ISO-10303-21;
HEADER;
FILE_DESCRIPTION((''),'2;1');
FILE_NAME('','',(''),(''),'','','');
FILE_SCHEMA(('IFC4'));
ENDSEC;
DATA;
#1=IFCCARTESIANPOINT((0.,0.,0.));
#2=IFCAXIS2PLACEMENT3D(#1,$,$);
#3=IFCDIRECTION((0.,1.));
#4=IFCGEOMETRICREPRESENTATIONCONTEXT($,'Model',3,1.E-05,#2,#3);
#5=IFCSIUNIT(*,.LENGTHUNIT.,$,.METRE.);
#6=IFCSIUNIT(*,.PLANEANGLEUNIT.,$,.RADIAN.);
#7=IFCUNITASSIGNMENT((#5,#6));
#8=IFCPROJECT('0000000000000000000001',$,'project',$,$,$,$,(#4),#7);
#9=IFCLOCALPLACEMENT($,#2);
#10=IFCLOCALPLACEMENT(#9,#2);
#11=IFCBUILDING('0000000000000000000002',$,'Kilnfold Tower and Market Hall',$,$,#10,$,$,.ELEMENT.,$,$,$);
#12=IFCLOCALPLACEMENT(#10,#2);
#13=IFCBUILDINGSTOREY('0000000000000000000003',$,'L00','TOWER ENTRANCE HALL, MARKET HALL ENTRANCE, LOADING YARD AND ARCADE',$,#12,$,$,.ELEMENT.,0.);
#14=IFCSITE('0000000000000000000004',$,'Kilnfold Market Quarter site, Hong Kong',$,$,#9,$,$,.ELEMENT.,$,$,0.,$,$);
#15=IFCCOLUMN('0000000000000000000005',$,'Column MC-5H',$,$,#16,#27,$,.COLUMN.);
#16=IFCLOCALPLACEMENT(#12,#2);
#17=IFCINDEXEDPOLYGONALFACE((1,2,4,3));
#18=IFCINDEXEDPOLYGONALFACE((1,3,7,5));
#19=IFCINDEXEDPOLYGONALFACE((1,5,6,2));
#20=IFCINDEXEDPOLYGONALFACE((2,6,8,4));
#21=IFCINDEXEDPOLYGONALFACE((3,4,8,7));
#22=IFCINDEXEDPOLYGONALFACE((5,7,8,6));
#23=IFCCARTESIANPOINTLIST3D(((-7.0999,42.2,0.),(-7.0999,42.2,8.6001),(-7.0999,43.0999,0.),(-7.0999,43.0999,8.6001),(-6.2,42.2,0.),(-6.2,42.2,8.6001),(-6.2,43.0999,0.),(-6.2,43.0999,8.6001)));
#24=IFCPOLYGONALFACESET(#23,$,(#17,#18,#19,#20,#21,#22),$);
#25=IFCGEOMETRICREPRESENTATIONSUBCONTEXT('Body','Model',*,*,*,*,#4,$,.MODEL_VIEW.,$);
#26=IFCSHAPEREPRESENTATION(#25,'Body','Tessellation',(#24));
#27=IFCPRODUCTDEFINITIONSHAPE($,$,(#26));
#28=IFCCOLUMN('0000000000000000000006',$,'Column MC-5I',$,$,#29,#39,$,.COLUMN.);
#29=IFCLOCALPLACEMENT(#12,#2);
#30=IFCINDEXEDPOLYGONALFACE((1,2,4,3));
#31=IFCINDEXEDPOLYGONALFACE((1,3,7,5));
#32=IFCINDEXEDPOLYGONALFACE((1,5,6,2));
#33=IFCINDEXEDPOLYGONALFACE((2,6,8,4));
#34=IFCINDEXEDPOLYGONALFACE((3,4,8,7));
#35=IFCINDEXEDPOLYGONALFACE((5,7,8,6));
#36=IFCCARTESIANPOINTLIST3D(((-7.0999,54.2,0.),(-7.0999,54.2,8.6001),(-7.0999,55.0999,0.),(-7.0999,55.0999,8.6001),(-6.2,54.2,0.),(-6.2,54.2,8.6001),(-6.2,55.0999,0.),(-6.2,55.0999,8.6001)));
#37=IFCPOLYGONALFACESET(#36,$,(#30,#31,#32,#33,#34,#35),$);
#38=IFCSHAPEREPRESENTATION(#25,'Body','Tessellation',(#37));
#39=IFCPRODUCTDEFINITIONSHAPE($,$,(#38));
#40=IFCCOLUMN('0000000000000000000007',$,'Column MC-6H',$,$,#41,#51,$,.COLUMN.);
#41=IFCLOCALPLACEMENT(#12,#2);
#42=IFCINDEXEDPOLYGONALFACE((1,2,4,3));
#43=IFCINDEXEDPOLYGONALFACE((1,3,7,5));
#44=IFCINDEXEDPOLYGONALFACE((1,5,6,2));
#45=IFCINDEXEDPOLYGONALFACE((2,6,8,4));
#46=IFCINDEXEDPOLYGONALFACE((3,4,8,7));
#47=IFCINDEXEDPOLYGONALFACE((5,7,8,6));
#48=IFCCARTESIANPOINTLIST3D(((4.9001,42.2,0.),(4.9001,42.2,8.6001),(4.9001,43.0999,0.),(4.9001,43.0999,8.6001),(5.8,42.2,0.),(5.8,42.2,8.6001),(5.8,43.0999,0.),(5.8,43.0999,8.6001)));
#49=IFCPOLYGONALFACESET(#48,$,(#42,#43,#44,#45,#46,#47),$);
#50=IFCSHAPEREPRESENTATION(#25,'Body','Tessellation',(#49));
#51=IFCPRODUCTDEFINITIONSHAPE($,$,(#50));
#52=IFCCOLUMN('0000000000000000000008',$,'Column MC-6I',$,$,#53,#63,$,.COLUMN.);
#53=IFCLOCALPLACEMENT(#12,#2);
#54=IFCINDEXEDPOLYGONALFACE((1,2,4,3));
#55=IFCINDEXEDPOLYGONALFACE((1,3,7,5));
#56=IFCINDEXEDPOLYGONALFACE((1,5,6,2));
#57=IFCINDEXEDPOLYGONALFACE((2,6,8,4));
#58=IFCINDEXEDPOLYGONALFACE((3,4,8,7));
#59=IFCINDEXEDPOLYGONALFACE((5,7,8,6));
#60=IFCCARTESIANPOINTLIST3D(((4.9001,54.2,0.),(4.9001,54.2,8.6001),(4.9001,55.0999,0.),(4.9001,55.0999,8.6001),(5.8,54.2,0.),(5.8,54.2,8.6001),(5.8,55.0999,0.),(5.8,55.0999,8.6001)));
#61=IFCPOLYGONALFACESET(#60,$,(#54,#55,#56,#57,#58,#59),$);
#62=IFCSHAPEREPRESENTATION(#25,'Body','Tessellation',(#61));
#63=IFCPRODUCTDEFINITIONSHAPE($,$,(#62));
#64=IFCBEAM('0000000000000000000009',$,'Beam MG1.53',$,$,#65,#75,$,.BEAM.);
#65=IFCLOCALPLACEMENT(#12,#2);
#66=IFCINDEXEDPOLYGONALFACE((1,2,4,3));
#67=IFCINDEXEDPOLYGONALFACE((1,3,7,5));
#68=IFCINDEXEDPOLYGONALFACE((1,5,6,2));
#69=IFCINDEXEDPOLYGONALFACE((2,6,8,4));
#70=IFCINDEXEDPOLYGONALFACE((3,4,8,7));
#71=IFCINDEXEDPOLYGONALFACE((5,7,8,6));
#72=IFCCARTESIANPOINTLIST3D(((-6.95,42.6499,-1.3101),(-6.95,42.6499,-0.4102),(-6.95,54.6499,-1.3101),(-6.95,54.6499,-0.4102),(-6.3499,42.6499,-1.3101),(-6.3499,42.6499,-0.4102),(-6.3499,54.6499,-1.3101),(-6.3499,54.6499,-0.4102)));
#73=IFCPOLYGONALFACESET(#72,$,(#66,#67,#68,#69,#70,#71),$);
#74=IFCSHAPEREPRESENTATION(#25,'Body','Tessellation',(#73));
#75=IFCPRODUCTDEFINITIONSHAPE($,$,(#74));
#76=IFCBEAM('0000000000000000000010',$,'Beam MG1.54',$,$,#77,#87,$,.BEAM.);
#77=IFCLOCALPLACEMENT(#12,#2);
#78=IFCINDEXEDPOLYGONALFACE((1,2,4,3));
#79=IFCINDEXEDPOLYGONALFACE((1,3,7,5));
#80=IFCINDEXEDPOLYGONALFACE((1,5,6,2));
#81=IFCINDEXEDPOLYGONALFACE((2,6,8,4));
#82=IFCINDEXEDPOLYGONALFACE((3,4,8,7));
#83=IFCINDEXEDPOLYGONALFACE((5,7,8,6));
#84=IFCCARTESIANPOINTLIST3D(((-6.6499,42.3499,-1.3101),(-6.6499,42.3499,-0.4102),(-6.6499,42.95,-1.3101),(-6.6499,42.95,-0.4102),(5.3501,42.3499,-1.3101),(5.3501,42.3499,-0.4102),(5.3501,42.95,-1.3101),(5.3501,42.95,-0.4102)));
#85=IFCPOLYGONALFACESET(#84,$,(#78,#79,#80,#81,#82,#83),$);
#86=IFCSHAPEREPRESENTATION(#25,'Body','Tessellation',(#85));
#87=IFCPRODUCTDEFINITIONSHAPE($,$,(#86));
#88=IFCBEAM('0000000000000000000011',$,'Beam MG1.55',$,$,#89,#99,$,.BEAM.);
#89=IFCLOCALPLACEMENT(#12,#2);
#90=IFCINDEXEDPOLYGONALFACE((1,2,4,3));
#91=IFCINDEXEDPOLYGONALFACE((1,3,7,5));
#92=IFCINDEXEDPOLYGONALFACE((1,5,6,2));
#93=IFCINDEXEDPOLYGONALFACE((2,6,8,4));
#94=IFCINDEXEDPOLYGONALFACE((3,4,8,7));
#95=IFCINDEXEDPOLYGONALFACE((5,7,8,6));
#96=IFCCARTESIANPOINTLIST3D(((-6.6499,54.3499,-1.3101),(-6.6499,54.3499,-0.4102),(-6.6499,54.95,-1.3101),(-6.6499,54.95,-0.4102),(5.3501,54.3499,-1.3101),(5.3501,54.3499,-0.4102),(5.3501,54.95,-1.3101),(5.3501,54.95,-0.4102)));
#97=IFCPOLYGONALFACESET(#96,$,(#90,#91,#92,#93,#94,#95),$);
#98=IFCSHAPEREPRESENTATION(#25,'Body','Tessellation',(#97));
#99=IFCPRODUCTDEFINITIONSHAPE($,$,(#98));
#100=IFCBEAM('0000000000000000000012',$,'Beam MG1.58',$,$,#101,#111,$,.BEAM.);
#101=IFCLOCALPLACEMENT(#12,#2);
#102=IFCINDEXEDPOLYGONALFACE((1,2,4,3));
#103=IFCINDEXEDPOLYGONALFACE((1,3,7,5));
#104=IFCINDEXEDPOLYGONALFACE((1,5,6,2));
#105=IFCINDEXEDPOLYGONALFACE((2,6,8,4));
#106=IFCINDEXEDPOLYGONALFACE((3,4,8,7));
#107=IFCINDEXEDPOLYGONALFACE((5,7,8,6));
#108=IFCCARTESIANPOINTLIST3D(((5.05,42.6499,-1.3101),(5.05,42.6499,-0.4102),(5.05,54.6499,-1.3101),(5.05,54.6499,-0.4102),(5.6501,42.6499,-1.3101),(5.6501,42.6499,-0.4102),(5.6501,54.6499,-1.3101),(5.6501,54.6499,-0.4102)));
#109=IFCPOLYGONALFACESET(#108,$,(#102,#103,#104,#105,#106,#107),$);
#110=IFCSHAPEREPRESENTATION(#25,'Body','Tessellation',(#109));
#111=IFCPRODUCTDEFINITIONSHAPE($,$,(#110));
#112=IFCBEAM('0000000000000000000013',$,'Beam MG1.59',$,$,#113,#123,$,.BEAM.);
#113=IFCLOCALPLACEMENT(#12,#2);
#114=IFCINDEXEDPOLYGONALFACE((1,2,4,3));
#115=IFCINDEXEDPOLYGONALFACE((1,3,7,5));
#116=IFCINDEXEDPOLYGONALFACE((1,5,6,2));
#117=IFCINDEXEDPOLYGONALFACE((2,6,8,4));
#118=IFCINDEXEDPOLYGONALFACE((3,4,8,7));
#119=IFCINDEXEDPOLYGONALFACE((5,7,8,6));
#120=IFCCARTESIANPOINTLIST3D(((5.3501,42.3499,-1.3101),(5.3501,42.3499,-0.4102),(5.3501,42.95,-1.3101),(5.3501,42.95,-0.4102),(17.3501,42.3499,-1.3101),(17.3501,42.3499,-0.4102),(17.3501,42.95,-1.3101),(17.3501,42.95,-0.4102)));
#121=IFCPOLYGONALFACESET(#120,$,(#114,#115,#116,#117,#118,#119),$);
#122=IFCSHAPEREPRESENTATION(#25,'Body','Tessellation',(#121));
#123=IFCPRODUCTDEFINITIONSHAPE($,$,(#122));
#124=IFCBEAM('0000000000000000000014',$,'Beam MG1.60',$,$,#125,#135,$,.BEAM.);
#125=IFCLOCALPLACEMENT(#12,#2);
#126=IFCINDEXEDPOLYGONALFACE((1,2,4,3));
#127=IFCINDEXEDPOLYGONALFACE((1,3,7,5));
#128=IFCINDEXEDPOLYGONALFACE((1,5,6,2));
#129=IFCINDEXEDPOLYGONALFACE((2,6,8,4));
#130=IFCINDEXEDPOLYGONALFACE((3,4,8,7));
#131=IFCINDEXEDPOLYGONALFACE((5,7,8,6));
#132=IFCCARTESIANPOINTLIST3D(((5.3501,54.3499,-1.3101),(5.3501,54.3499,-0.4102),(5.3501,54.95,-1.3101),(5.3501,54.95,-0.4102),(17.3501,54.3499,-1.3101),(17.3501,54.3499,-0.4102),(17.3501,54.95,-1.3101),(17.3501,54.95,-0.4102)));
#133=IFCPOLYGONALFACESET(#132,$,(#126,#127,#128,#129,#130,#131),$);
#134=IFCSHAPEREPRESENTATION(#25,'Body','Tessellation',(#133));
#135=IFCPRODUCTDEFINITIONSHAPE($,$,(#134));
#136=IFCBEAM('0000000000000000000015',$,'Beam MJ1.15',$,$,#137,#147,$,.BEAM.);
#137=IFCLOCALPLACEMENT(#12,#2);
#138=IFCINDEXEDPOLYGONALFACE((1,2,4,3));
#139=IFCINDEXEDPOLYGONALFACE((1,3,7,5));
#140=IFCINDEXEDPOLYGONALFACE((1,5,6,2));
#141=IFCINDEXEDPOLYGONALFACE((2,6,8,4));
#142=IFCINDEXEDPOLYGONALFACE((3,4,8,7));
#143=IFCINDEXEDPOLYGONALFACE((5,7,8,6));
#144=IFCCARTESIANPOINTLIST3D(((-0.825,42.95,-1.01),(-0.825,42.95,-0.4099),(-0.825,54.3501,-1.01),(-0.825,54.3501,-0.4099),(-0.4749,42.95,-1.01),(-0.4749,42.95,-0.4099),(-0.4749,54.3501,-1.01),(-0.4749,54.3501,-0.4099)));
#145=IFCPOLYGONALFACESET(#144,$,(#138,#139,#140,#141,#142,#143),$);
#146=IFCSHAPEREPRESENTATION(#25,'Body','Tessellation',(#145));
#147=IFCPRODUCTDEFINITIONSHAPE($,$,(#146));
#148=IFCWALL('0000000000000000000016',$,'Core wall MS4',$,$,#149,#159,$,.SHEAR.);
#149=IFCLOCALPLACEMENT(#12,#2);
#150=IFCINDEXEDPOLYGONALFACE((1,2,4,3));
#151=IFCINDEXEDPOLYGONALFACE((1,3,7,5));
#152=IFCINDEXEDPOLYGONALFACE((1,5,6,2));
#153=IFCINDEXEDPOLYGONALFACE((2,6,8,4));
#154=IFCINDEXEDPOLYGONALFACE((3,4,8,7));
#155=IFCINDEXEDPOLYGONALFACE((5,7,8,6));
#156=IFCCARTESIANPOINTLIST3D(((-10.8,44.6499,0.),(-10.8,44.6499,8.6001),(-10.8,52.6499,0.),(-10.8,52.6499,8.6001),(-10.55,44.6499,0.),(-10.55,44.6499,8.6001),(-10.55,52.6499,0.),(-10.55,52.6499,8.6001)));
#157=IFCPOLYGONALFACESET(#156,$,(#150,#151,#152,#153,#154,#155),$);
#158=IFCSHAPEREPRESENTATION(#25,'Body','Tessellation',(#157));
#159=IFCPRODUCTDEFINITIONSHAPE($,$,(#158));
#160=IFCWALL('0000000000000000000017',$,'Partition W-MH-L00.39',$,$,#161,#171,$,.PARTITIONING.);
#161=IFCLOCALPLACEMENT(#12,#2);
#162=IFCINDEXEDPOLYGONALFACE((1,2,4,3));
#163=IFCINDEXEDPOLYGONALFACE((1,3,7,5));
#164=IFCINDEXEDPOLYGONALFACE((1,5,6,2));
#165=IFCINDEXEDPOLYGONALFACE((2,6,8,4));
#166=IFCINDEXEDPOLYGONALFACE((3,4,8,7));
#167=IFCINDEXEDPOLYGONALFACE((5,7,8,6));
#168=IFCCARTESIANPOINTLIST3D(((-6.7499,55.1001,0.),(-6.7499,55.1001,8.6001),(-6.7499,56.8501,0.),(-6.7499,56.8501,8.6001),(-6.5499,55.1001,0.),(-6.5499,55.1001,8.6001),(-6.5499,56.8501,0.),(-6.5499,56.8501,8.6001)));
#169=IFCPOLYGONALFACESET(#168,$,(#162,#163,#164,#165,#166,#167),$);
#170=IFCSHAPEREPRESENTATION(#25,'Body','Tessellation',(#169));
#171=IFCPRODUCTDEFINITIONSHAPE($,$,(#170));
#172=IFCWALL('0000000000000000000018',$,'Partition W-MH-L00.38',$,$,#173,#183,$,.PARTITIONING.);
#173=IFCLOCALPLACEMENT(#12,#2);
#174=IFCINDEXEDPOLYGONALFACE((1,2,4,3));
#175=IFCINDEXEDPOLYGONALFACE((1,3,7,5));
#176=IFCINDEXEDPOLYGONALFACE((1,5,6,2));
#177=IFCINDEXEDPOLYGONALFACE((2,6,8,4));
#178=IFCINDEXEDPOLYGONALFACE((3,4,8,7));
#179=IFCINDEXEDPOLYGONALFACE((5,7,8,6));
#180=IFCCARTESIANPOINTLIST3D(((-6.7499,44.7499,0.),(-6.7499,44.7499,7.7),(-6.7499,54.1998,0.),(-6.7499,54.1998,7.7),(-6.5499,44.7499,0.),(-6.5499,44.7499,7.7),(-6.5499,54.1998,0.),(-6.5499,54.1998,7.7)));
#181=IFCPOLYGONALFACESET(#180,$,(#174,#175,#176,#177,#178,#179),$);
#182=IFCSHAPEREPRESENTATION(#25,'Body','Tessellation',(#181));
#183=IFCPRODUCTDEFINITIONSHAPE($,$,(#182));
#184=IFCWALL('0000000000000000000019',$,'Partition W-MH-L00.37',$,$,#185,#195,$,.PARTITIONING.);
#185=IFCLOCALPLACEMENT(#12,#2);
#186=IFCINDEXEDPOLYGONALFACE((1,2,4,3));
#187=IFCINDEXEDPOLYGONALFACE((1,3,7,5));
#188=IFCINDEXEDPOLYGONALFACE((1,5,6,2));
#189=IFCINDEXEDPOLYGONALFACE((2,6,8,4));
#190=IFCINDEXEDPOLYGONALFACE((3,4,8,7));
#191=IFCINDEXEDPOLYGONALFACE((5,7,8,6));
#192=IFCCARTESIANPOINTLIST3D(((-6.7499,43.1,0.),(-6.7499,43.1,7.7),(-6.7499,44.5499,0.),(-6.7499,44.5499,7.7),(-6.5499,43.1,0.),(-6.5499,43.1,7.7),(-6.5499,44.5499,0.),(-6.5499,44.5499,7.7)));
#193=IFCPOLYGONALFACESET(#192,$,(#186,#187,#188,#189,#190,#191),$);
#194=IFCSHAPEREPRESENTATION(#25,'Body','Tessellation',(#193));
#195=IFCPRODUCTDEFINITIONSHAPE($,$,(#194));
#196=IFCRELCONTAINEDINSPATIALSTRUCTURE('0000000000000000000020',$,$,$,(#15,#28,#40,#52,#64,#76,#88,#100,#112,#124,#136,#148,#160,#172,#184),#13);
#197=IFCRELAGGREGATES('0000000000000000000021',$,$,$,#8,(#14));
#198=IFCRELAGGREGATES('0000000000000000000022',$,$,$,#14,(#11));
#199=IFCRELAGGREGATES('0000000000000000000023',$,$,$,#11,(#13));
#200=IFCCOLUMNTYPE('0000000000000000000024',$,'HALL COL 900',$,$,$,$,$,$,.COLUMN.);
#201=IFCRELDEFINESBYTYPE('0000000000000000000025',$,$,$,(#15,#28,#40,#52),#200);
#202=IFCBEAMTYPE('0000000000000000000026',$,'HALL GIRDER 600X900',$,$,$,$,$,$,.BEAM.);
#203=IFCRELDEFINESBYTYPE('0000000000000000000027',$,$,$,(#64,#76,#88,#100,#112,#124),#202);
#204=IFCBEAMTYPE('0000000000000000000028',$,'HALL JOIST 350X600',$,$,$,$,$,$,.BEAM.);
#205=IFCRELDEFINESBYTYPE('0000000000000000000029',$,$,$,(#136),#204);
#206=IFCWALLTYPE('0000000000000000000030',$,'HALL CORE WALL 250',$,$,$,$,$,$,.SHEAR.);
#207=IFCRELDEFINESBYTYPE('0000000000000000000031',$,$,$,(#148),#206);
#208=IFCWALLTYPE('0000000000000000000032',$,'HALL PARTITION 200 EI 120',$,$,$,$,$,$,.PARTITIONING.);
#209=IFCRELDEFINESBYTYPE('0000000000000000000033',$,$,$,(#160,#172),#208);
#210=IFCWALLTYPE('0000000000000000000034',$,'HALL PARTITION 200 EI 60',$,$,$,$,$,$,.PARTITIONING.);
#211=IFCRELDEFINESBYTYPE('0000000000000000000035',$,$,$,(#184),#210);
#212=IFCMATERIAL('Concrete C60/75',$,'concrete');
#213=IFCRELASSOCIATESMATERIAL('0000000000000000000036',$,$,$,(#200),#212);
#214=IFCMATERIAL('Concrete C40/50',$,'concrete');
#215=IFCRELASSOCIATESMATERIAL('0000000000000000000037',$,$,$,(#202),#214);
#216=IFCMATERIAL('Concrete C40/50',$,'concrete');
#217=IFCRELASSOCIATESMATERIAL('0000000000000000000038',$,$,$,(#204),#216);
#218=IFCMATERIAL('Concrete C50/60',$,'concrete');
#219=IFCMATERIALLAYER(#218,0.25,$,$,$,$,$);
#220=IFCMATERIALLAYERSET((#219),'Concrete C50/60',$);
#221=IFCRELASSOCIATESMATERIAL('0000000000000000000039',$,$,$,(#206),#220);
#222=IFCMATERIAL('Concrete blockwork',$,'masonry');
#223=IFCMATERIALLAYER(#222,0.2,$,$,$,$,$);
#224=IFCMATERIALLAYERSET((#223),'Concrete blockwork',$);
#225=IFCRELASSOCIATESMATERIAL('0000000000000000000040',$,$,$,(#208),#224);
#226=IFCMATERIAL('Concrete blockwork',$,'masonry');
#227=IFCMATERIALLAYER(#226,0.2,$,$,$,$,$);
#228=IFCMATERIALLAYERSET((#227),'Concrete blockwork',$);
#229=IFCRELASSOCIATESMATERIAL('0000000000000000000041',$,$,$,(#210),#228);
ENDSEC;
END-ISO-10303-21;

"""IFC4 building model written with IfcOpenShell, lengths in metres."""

from ifc_helpers import new_model, si_unit, direction, frame, frame_2d, origin, origin_2d, place, context, subcontext, project, spatial, rectangle, extrude, source, transform, mapped, material, layer, layer_set, material_profile, profile_set, type_object, element, save


model = new_model("IFC4")

# Units and contexts
model_context = context("Model", 3, precision=1e-05, world=origin(), true_north=direction((0.0, 1.0)))
body_context = subcontext(model_context, "Body", "Model", "MODEL_VIEW")
ifc_project = project(units=[si_unit("LENGTHUNIT", "METRE"), si_unit("PLANEANGLEUNIT", "RADIAN")], contexts=[model_context])

# Site, building, storey
site_placement = place(None, origin())
site = spatial("IfcSite", under=ifc_project, at=site_placement, Name="Kilnfold Market Quarter site, Hong Kong", CompositionType="ELEMENT", RefElevation=0.0)
building_placement = place(site_placement, origin())
building = spatial("IfcBuilding", under=site, at=building_placement, Name="Kilnfold Tower and Market Hall", CompositionType="ELEMENT")
storey_placement = place(building_placement, origin())
storey = spatial("IfcBuildingStorey", under=building, at=storey_placement, Name="L00", Description="TOWER ENTRANCE HALL, MARKET HALL ENTRANCE, LOADING YARD AND ARCADE", CompositionType="ELEMENT", Elevation=0.0)

# Columns
ifc_material_1 = material(Name="Concrete C60/75", Category="concrete")
ifc_material_profile_1 = material_profile(ifc_material_1, rectangle(XDim=0.8999, YDim=0.8999, at=origin_2d()), Name="RC 900x900")
ifc_profile_set_1 = profile_set([ifc_material_profile_1], Name="Concrete C60/75")
column_type = type_object("IfcColumnType", Name="HALL COL 900", PredefinedType="COLUMN", material=ifc_profile_set_1)
shared_shape_1 = source(origin(), body_context, "Body", "SweptSolid", [
    extrude(rectangle(XDim=0.8999, YDim=0.8999, at=origin_2d()), origin(), (0.0, 0.0, 1.0), 8.6001),
])
for number, where, z_axis, x_axis, name in (
    (1, (-6.6499, 42.6499, 0.0), (0.0, 0.0, 1.0), (1.0, 0.0, 0.0), "Column MC-5H"),
    (2, (-6.6499, 54.6499, 0.0), (0.0, 0.0, 1.0), (1.0, 0.0, 0.0), "Column MC-5I"),
    (3, (5.3501, 42.6499, 0.0), (0.0, 0.0, 1.0), (1.0, 0.0, 0.0), "Column MC-6H"),
    (4, (5.3501, 54.6499, 0.0), (0.0, 0.0, 1.0), (1.0, 0.0, 0.0), "Column MC-6I"),
):
    element("IfcColumn", number, at=place(storey_placement, frame(where, z_axis=z_axis, x_axis=x_axis)), inside=storey, type_object=column_type, Name=name, PredefinedType="COLUMN", context=body_context, shape_type="MappedRepresentation", body=[
        mapped(shared_shape_1, transform((0.0, 0.0, 0.0))),
    ])

# Beams
ifc_material_2 = material(Name="Concrete C40/50", Category="concrete")
ifc_material_profile_2 = material_profile(ifc_material_2, rectangle(XDim=0.6001, YDim=0.8999, at=origin_2d()), Name="RC 600x900")
ifc_profile_set_2 = profile_set([ifc_material_profile_2], Name="Concrete C40/50")
beam_type_1 = type_object("IfcBeamType", Name="HALL GIRDER 600X900", PredefinedType="BEAM", material=ifc_profile_set_2)
for number, where, z_axis, x_axis, name in (
    (5, (-6.6499, 42.6499, -0.8601), (0.0, 1.0, 0.0), (-1.0, 0.0, 0.0), "Beam MG1.53"),
    (6, (-6.6499, 42.6499, -0.8601), (1.0, 0.0, 0.0), (0.0, 1.0, 0.0), "Beam MG1.54"),
    (7, (-6.6499, 54.6499, -0.8601), (1.0, 0.0, 0.0), (0.0, 1.0, 0.0), "Beam MG1.55"),
    (8, (5.3501, 42.6499, -0.8601), (0.0, 1.0, 0.0), (-1.0, 0.0, 0.0), "Beam MG1.58"),
    (9, (5.3501, 42.6499, -0.8601), (1.0, 0.0, 0.0), (0.0, 1.0, 0.0), "Beam MG1.59"),
    (10, (5.3501, 54.6499, -0.8601), (1.0, 0.0, 0.0), (0.0, 1.0, 0.0), "Beam MG1.60"),
):
    element("IfcBeam", number, at=place(storey_placement, frame(where, z_axis=z_axis, x_axis=x_axis)), inside=storey, type_object=beam_type_1, Name=name, PredefinedType="BEAM", context=body_context, shape_type="SweptSolid", body=[
        extrude(rectangle(XDim=0.6001, YDim=0.8999, at=origin_2d()), origin(), (0.0, 0.0, 1.0), 12.0),
    ])
ifc_material_3 = material(Name="Concrete C40/50", Category="concrete")
ifc_material_profile_3 = material_profile(ifc_material_3, rectangle(XDim=0.3501, YDim=0.6001, at=origin_2d()), Name="RC 350x600")
ifc_profile_set_3 = profile_set([ifc_material_profile_3], Name="Concrete C40/50")
beam_type_2 = type_object("IfcBeamType", Name="HALL JOIST 350X600", PredefinedType="BEAM", material=ifc_profile_set_3)
beam_placement = place(storey_placement, frame((-0.6499, 42.95, -0.71), z_axis=(0.0, 1.0, 0.0), x_axis=(-1.0, 0.0, 0.0)))
element("IfcBeam", 11, at=beam_placement, inside=storey, type_object=beam_type_2, Name="Beam MJ1.15", PredefinedType="BEAM", context=body_context, shape_type="SweptSolid", body=[
    extrude(rectangle(XDim=0.3501, YDim=0.6001, at=origin_2d()), origin(), (0.0, 0.0, 1.0), 11.4001),
])

# Walls
ifc_material_4 = material(Name="Concrete C50/60", Category="concrete")
ifc_layer_1 = layer(ifc_material_4, 0.25)
ifc_layer_set_1 = layer_set([ifc_layer_1], Name="Concrete C50/60")
wall_type_1 = type_object("IfcWallType", Name="HALL CORE WALL 250", PredefinedType="SHEAR", material=ifc_layer_set_1)
shared_shape_2 = source(origin(), body_context, "Body", "SweptSolid", [
    extrude(rectangle(XDim=8.0, YDim=0.25, at=frame_2d((4.0, 0.0))), origin(), (0.0, 0.0, 1.0), 8.6001),
])
wall_1_placement = place(storey_placement, frame((-10.675, 44.6499, 0.0), z_axis=(0.0, 0.0, 1.0), x_axis=(0.0, 1.0, 0.0)))
element("IfcWall", 12, at=wall_1_placement, inside=storey, type_object=wall_type_1, Name="Core wall MS4", PredefinedType="SHEAR", context=body_context, shape_type="MappedRepresentation", body=[
    mapped(shared_shape_2, transform((0.0, 0.0, 0.0))),
])
ifc_material_5 = material(Name="Concrete blockwork", Category="masonry")
ifc_layer_2 = layer(ifc_material_5, 0.2)
ifc_layer_set_2 = layer_set([ifc_layer_2], Name="Concrete blockwork")
wall_type_2 = type_object("IfcWallType", Name="HALL PARTITION 200 EI 120", PredefinedType="PARTITIONING", material=ifc_layer_set_2)
shared_shape_3 = source(origin(), body_context, "Body", "SweptSolid", [
    extrude(rectangle(XDim=1.75, YDim=0.2, at=frame_2d((0.875, 0.0))), origin(), (0.0, 0.0, 1.0), 8.6001),
])
wall_2_placement = place(storey_placement, frame((-6.6499, 56.8501, 0.0), z_axis=(0.0, 0.0, 1.0), x_axis=(0.0, -1.0, 0.0)))
element("IfcWall", 13, at=wall_2_placement, inside=storey, type_object=wall_type_2, Name="Partition W-MH-L00.39", PredefinedType="PARTITIONING", context=body_context, shape_type="MappedRepresentation", body=[
    mapped(shared_shape_3, transform((0.0, 0.0, 0.0))),
])
shared_shape_4 = source(origin(), body_context, "Body", "SweptSolid", [
    extrude(rectangle(XDim=9.45, YDim=0.2, at=frame_2d((4.7251, 0.0))), origin(), (0.0, 0.0, 1.0), 7.7),
])
wall_3_placement = place(storey_placement, frame((-6.6499, 54.2, 0.0), z_axis=(0.0, 0.0, 1.0), x_axis=(0.0, -1.0, 0.0)))
element("IfcWall", 14, at=wall_3_placement, inside=storey, type_object=wall_type_2, Name="Partition W-MH-L00.38", PredefinedType="PARTITIONING", context=body_context, shape_type="MappedRepresentation", body=[
    mapped(shared_shape_4, transform((0.0, 0.0, 0.0))),
])
ifc_material_6 = material(Name="Concrete blockwork", Category="masonry")
ifc_layer_3 = layer(ifc_material_6, 0.2)
ifc_layer_set_3 = layer_set([ifc_layer_3], Name="Concrete blockwork")
wall_type_3 = type_object("IfcWallType", Name="HALL PARTITION 200 EI 60", PredefinedType="PARTITIONING", material=ifc_layer_set_3)
shared_shape_5 = source(origin(), body_context, "Body", "SweptSolid", [
    extrude(rectangle(XDim=1.45, YDim=0.2, at=frame_2d((0.7251, 0.0))), origin(), (0.0, 0.0, 1.0), 7.7),
])
wall_4_placement = place(storey_placement, frame((-6.6499, 44.55, 0.0), z_axis=(0.0, 0.0, 1.0), x_axis=(0.0, -1.0, 0.0)))
element("IfcWall", 15, at=wall_4_placement, inside=storey, type_object=wall_type_3, Name="Partition W-MH-L00.37", PredefinedType="PARTITIONING", context=body_context, shape_type="MappedRepresentation", body=[
    mapped(shared_shape_5, transform((0.0, 0.0, 0.0))),
])

save(model, "model.ifc")
